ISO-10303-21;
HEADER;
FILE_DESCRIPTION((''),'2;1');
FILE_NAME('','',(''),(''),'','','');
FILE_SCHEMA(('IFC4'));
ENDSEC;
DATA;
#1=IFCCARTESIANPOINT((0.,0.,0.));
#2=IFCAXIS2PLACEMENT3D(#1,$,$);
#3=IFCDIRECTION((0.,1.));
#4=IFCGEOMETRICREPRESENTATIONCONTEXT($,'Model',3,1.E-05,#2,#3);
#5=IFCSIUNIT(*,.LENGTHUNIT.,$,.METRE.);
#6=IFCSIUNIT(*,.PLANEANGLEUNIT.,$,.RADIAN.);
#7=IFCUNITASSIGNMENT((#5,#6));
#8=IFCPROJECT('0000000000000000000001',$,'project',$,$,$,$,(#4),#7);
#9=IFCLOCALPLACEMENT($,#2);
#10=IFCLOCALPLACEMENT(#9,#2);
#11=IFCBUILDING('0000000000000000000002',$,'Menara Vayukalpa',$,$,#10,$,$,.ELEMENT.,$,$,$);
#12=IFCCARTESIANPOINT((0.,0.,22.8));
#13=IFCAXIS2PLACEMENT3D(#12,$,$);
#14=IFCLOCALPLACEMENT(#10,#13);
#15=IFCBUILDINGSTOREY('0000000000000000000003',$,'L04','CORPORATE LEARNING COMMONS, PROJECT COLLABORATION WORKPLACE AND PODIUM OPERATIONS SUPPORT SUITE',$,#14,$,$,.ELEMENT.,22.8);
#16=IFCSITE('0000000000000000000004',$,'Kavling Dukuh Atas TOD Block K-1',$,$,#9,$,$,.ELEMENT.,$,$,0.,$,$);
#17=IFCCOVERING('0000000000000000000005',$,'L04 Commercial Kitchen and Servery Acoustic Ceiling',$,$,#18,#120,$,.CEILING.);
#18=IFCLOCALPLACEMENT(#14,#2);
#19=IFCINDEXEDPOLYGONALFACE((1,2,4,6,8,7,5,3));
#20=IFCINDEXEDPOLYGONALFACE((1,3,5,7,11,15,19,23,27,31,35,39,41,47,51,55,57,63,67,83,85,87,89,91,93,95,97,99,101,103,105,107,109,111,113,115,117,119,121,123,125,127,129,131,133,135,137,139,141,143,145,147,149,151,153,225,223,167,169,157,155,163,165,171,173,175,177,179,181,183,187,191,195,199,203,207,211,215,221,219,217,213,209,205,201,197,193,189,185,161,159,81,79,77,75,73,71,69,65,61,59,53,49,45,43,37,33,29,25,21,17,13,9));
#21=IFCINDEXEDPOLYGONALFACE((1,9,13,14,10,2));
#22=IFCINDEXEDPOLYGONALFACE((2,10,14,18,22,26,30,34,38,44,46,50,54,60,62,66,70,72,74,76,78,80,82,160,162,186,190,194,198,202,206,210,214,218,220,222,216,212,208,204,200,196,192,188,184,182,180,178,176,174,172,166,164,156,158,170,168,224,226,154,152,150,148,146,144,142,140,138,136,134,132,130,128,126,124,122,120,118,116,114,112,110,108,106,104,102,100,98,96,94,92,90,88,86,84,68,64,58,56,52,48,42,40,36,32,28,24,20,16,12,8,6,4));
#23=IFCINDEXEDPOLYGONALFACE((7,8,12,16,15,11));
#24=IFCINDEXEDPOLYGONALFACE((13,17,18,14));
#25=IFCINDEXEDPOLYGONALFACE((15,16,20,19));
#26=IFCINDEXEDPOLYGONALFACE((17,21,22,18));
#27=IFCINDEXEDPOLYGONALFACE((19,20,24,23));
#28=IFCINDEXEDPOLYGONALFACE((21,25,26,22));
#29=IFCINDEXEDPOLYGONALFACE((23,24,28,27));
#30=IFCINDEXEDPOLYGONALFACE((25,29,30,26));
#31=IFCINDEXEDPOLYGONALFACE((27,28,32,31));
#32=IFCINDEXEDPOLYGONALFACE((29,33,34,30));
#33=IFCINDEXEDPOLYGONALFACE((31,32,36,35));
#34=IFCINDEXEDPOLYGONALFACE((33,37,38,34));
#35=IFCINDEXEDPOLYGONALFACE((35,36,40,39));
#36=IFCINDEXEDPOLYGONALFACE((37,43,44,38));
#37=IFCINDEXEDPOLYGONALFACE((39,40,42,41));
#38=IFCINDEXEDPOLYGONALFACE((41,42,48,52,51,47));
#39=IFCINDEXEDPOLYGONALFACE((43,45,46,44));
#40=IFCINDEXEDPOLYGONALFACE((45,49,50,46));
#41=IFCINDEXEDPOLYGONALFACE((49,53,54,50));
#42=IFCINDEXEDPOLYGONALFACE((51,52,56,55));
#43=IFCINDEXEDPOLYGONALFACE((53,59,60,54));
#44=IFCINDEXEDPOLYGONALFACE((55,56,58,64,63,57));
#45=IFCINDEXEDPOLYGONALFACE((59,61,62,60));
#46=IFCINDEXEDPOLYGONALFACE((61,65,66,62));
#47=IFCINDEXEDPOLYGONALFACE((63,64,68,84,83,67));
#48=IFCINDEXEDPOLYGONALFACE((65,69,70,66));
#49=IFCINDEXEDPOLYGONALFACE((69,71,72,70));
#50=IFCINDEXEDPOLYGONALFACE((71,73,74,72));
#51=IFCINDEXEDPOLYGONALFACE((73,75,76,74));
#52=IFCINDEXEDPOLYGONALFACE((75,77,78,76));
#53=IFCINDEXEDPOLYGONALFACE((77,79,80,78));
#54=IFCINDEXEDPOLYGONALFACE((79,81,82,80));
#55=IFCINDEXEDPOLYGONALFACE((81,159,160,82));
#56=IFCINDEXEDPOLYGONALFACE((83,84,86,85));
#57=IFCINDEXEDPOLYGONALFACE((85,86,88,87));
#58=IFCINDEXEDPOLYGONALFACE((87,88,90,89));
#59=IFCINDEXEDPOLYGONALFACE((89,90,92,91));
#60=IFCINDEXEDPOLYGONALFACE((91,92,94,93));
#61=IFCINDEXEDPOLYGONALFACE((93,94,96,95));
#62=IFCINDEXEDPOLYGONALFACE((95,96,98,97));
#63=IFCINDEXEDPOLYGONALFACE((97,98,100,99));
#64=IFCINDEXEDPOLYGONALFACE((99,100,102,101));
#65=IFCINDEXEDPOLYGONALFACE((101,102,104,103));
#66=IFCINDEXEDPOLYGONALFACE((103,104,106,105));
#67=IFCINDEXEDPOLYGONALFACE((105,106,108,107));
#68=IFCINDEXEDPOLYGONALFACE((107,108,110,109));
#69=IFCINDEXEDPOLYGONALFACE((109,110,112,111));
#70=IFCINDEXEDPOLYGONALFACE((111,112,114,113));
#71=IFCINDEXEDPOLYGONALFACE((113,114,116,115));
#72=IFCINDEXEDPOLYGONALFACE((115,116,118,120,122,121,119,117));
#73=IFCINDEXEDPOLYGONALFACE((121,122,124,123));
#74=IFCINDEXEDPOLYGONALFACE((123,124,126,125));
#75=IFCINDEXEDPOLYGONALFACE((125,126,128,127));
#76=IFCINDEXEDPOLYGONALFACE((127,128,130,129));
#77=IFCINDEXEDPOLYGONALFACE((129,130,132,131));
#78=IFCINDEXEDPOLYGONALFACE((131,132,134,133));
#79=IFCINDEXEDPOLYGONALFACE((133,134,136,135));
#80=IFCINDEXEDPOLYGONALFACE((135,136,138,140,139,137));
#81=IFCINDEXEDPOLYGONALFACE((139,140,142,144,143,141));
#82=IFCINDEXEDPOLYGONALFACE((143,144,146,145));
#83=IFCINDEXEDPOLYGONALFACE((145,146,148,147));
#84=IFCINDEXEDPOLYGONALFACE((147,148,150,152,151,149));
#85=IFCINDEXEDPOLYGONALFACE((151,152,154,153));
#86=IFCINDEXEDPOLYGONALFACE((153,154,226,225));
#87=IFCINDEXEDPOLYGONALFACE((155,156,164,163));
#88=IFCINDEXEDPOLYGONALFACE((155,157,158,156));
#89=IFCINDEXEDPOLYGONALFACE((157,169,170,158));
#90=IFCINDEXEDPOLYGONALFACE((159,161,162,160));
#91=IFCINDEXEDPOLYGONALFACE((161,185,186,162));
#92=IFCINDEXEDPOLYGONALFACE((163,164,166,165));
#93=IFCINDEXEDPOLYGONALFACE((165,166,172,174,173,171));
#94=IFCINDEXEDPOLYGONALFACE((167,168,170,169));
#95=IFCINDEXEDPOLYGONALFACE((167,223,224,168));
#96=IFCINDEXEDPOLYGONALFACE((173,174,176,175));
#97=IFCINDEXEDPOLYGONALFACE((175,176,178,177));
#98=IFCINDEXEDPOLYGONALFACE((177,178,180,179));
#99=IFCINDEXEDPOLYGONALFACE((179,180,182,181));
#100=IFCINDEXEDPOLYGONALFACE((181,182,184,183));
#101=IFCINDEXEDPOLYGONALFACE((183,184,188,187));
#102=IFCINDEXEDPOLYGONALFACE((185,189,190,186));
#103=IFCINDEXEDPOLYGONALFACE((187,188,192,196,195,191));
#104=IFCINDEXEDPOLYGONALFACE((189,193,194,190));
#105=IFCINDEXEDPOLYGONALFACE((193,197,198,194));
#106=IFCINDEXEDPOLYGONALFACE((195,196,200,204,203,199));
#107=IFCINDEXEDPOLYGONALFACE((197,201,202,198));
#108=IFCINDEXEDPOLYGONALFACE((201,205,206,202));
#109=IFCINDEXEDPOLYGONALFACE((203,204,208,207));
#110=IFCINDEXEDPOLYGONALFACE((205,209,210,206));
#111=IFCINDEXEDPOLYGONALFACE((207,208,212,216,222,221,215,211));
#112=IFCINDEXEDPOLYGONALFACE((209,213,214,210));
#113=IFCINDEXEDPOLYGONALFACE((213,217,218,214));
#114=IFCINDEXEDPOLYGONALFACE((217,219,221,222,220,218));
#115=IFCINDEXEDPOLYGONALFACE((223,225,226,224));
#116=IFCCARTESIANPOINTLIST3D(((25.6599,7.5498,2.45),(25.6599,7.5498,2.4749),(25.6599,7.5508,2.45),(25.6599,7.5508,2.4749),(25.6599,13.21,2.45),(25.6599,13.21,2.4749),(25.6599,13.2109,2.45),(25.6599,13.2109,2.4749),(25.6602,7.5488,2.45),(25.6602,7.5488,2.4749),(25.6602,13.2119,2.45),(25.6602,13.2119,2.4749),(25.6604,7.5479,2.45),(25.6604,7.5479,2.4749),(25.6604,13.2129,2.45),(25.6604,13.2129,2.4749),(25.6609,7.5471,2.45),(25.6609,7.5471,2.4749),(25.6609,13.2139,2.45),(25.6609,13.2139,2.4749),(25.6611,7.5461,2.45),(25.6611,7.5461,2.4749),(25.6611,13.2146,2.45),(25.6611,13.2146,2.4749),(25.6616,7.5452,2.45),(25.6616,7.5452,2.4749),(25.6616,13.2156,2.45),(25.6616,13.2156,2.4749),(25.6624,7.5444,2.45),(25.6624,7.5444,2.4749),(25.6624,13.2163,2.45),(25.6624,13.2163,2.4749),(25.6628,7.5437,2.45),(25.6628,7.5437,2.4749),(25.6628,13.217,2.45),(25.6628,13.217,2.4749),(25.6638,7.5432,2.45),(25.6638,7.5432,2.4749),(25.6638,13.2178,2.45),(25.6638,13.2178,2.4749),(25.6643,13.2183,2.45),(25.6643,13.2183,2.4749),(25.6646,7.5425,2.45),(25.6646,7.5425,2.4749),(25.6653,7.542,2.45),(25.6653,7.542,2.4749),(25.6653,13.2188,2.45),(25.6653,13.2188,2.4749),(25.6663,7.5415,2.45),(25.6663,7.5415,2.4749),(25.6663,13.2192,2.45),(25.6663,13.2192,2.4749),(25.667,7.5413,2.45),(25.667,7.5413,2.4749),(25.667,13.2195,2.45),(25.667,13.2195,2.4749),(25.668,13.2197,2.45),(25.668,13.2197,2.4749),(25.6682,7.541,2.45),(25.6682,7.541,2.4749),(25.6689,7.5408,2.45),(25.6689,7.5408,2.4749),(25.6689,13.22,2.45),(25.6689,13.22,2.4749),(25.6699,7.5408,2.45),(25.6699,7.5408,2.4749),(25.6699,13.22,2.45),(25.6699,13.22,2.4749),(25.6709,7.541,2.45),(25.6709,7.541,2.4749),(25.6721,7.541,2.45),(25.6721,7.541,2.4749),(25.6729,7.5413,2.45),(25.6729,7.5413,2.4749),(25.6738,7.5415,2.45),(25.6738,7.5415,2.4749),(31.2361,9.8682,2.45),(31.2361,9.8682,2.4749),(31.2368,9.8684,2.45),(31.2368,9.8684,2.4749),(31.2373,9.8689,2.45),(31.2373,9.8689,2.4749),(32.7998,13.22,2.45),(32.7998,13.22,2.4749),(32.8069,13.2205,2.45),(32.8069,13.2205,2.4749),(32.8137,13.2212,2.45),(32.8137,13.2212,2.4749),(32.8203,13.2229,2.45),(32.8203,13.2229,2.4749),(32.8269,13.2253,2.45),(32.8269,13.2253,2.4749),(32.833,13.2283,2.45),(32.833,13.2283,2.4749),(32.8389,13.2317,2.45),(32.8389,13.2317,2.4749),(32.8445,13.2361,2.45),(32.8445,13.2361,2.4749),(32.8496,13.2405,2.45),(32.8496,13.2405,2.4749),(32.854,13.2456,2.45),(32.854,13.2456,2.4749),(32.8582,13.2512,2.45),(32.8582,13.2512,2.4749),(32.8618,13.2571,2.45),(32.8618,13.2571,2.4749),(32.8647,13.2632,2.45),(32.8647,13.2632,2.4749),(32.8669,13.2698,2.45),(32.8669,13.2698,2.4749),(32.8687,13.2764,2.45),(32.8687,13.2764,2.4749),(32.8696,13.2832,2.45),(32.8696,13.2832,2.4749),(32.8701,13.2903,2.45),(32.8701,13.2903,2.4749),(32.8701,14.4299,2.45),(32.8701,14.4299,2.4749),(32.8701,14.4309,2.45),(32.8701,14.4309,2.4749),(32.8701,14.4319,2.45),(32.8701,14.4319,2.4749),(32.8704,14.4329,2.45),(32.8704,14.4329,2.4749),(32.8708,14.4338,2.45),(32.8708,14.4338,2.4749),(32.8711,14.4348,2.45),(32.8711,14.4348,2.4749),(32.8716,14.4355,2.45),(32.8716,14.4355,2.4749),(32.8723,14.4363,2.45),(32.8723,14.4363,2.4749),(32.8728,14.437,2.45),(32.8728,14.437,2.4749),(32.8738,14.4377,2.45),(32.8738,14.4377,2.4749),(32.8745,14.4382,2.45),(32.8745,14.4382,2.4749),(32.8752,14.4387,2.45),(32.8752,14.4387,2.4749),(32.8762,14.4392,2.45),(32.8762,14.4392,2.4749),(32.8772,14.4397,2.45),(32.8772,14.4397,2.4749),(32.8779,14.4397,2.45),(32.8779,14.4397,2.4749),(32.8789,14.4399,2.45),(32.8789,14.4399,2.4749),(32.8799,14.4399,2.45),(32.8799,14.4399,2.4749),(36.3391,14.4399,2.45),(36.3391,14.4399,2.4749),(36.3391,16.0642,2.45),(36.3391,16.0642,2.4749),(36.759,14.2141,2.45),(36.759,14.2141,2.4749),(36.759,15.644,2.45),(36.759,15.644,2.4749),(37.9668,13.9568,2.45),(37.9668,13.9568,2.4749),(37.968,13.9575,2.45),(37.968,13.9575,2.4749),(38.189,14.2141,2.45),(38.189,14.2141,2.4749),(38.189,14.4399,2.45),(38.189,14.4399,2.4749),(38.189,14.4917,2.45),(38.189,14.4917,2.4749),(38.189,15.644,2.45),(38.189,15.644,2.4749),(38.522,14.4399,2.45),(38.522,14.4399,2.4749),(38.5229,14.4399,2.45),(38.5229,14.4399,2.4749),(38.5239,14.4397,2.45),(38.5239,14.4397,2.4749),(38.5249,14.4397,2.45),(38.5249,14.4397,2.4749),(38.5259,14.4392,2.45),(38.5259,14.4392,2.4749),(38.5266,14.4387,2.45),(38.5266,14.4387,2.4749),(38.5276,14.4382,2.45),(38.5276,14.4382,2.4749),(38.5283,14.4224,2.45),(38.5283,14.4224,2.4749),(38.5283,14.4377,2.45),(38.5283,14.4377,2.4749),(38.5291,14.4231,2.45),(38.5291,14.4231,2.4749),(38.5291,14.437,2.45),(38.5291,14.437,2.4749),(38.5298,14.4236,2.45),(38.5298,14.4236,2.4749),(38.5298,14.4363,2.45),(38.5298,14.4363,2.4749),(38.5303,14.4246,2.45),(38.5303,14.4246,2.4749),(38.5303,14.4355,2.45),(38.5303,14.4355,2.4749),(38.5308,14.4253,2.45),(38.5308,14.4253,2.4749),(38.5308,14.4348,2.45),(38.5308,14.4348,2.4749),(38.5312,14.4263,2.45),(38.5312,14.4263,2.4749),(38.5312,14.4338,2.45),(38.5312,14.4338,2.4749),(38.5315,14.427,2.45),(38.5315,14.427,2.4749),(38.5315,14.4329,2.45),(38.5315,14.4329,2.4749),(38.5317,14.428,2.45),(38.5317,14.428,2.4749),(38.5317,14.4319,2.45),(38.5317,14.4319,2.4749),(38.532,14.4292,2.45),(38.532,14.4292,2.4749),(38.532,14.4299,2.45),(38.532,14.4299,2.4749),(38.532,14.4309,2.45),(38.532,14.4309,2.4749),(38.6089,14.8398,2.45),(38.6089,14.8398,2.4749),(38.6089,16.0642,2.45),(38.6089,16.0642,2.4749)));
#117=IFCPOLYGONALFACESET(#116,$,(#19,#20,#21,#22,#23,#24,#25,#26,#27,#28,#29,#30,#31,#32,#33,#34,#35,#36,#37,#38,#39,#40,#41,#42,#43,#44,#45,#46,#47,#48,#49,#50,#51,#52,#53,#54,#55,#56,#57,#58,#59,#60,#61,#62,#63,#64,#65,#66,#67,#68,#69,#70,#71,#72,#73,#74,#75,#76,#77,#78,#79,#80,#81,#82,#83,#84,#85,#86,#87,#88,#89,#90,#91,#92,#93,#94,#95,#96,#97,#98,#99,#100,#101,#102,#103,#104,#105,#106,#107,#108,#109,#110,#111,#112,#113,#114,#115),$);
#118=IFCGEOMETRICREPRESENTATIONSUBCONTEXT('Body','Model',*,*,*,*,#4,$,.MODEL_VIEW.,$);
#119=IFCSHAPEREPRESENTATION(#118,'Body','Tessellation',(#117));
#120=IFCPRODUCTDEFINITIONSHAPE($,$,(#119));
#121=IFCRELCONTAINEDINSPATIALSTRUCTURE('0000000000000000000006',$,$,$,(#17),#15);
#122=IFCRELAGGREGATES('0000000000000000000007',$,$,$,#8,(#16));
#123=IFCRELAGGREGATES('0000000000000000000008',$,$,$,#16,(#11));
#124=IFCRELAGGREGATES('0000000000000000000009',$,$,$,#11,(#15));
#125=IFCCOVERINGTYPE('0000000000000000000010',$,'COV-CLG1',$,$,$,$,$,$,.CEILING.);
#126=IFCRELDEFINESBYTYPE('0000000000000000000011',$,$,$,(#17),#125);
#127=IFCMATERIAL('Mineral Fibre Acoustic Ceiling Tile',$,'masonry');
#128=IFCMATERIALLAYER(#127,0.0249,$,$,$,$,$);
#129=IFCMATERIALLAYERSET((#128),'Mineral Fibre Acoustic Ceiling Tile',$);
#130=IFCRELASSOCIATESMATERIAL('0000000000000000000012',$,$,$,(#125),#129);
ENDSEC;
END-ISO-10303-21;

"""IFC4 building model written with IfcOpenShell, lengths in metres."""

from ifc_helpers import new_model, si_unit, direction, frame, origin, place, context, subcontext, project, spatial, polyline, outline, extrude, material, layer, layer_set, type_object, element, save


model = new_model("IFC4")

# Units and contexts
model_context = context("Model", 3, precision=1e-05, world=origin(), true_north=direction((0.0, 1.0)))
body_context = subcontext(model_context, "Body", "Model", "MODEL_VIEW")
ifc_project = project(units=[si_unit("LENGTHUNIT", "METRE"), si_unit("PLANEANGLEUNIT", "RADIAN")], contexts=[model_context])

# Site, building, storey
site_placement = place(None, origin())
site = spatial("IfcSite", under=ifc_project, at=site_placement, Name="Kavling Dukuh Atas TOD Block K-1", CompositionType="ELEMENT", RefElevation=0.0)
building_placement = place(site_placement, origin())
building = spatial("IfcBuilding", under=site, at=building_placement, Name="Menara Vayukalpa", CompositionType="ELEMENT")
storey_placement = place(building_placement, frame((0.0, 0.0, 22.8)))
storey = spatial("IfcBuildingStorey", under=building, at=storey_placement, Name="L04", Description="CORPORATE LEARNING COMMONS, PROJECT COLLABORATION WORKPLACE AND PODIUM OPERATIONS SUPPORT SUITE", CompositionType="ELEMENT", Elevation=22.8)

# Covering
ifc_material_1 = material(Name="Mineral Fibre Acoustic Ceiling Tile", Category="masonry")
ifc_layer_1 = layer(ifc_material_1, 0.0249)
ifc_layer_set_1 = layer_set([ifc_layer_1], Name="Mineral Fibre Acoustic Ceiling Tile")
covering_type_1 = type_object("IfcCoveringType", Name="COV-CLG1", PredefinedType="CEILING", material=ifc_layer_set_1)
covering_1_placement = place(storey_placement, frame((0.0, 0.0, 2.45)))
element("IfcCovering", 1, at=covering_1_placement, inside=storey, type_object=covering_type_1, Name="L04 Commercial Kitchen and Servery Acoustic Ceiling", PredefinedType="CEILING", context=body_context, shape_type="SweptSolid", body=[
    extrude(outline(polyline([(31.2361, 9.8682), (25.6738, 7.5415), (25.6729, 7.5413), (25.6721, 7.541), (25.6709, 7.541), (25.6699, 7.5408), (25.6689, 7.5408), (25.6682, 7.541), (25.667, 7.5413), (25.6663, 7.5415), (25.6653, 7.542), (25.6646, 7.5425), (25.6638, 7.5432), (25.6628, 7.5437), (25.6624, 7.5444), (25.6616, 7.5452), (25.6611, 7.5461), (25.6609, 7.5471), (25.6604, 7.5479), (25.6602, 7.5488), (25.6599, 7.5498), (25.6599, 7.5508), (25.6599, 13.21), (25.6599, 13.2109), (25.6602, 13.2119), (25.6604, 13.2129), (25.6609, 13.2139), (25.6611, 13.2146), (25.6616, 13.2156), (25.6624, 13.2163), (25.6628, 13.217), (25.6638, 13.2178), (25.6643, 13.2183), (25.6653, 13.2188), (25.6663, 13.2192), (25.667, 13.2195), (25.668, 13.2197), (25.6689, 13.22), (25.6699, 13.22), (32.7998, 13.22), (32.8069, 13.2205), (32.8137, 13.2212), (32.8203, 13.2229), (32.8269, 13.2253), (32.833, 13.2283), (32.8389, 13.2317), (32.8445, 13.2361), (32.8496, 13.2405), (32.854, 13.2456), (32.8582, 13.2512), (32.8618, 13.2571), (32.8647, 13.2632), (32.8669, 13.2698), (32.8687, 13.2764), (32.8696, 13.2832), (32.8701, 13.2903), (32.8701, 14.4299), (32.8701, 14.4309), (32.8701, 14.4319), (32.8704, 14.4329), (32.8708, 14.4338), (32.8711, 14.4348), (32.8716, 14.4355), (32.8723, 14.4363), (32.8728, 14.437), (32.8738, 14.4377), (32.8745, 14.4382), (32.8752, 14.4387), (32.8762, 14.4392), (32.8772, 14.4397), (32.8779, 14.4397), (32.8789, 14.4399), (32.8799, 14.4399), (36.3391, 14.4399), (36.3391, 16.0642), (38.6089, 16.0642), (38.6089, 14.8398), (38.189, 14.4917), (38.189, 15.644), (36.759, 15.644), (36.759, 14.2141), (38.189, 14.2141), (38.189, 14.4399), (38.522, 14.4399), (38.5229, 14.4399), (38.5239, 14.4397), (38.5249, 14.4397), (38.5259, 14.4392), (38.5266, 14.4387), (38.5276, 14.4382), (38.5283, 14.4377), (38.5291, 14.437), (38.5298, 14.4363), (38.5303, 14.4355), (38.5308, 14.4348), (38.5312, 14.4338), (38.5315, 14.4329), (38.5317, 14.4319), (38.532, 14.4309), (38.532, 14.4299), (38.532, 14.4292), (38.5317, 14.428), (38.5315, 14.427), (38.5312, 14.4263), (38.5308, 14.4253), (38.5303, 14.4246), (38.5298, 14.4236), (38.5291, 14.4231), (38.5283, 14.4224), (37.968, 13.9575), (37.9668, 13.9568), (31.2373, 9.8689), (31.2368, 9.8684), (31.2361, 9.8682)])), origin(), (0.0, 0.0, 1.0), 0.0249),
])

save(model, "model.ifc")
